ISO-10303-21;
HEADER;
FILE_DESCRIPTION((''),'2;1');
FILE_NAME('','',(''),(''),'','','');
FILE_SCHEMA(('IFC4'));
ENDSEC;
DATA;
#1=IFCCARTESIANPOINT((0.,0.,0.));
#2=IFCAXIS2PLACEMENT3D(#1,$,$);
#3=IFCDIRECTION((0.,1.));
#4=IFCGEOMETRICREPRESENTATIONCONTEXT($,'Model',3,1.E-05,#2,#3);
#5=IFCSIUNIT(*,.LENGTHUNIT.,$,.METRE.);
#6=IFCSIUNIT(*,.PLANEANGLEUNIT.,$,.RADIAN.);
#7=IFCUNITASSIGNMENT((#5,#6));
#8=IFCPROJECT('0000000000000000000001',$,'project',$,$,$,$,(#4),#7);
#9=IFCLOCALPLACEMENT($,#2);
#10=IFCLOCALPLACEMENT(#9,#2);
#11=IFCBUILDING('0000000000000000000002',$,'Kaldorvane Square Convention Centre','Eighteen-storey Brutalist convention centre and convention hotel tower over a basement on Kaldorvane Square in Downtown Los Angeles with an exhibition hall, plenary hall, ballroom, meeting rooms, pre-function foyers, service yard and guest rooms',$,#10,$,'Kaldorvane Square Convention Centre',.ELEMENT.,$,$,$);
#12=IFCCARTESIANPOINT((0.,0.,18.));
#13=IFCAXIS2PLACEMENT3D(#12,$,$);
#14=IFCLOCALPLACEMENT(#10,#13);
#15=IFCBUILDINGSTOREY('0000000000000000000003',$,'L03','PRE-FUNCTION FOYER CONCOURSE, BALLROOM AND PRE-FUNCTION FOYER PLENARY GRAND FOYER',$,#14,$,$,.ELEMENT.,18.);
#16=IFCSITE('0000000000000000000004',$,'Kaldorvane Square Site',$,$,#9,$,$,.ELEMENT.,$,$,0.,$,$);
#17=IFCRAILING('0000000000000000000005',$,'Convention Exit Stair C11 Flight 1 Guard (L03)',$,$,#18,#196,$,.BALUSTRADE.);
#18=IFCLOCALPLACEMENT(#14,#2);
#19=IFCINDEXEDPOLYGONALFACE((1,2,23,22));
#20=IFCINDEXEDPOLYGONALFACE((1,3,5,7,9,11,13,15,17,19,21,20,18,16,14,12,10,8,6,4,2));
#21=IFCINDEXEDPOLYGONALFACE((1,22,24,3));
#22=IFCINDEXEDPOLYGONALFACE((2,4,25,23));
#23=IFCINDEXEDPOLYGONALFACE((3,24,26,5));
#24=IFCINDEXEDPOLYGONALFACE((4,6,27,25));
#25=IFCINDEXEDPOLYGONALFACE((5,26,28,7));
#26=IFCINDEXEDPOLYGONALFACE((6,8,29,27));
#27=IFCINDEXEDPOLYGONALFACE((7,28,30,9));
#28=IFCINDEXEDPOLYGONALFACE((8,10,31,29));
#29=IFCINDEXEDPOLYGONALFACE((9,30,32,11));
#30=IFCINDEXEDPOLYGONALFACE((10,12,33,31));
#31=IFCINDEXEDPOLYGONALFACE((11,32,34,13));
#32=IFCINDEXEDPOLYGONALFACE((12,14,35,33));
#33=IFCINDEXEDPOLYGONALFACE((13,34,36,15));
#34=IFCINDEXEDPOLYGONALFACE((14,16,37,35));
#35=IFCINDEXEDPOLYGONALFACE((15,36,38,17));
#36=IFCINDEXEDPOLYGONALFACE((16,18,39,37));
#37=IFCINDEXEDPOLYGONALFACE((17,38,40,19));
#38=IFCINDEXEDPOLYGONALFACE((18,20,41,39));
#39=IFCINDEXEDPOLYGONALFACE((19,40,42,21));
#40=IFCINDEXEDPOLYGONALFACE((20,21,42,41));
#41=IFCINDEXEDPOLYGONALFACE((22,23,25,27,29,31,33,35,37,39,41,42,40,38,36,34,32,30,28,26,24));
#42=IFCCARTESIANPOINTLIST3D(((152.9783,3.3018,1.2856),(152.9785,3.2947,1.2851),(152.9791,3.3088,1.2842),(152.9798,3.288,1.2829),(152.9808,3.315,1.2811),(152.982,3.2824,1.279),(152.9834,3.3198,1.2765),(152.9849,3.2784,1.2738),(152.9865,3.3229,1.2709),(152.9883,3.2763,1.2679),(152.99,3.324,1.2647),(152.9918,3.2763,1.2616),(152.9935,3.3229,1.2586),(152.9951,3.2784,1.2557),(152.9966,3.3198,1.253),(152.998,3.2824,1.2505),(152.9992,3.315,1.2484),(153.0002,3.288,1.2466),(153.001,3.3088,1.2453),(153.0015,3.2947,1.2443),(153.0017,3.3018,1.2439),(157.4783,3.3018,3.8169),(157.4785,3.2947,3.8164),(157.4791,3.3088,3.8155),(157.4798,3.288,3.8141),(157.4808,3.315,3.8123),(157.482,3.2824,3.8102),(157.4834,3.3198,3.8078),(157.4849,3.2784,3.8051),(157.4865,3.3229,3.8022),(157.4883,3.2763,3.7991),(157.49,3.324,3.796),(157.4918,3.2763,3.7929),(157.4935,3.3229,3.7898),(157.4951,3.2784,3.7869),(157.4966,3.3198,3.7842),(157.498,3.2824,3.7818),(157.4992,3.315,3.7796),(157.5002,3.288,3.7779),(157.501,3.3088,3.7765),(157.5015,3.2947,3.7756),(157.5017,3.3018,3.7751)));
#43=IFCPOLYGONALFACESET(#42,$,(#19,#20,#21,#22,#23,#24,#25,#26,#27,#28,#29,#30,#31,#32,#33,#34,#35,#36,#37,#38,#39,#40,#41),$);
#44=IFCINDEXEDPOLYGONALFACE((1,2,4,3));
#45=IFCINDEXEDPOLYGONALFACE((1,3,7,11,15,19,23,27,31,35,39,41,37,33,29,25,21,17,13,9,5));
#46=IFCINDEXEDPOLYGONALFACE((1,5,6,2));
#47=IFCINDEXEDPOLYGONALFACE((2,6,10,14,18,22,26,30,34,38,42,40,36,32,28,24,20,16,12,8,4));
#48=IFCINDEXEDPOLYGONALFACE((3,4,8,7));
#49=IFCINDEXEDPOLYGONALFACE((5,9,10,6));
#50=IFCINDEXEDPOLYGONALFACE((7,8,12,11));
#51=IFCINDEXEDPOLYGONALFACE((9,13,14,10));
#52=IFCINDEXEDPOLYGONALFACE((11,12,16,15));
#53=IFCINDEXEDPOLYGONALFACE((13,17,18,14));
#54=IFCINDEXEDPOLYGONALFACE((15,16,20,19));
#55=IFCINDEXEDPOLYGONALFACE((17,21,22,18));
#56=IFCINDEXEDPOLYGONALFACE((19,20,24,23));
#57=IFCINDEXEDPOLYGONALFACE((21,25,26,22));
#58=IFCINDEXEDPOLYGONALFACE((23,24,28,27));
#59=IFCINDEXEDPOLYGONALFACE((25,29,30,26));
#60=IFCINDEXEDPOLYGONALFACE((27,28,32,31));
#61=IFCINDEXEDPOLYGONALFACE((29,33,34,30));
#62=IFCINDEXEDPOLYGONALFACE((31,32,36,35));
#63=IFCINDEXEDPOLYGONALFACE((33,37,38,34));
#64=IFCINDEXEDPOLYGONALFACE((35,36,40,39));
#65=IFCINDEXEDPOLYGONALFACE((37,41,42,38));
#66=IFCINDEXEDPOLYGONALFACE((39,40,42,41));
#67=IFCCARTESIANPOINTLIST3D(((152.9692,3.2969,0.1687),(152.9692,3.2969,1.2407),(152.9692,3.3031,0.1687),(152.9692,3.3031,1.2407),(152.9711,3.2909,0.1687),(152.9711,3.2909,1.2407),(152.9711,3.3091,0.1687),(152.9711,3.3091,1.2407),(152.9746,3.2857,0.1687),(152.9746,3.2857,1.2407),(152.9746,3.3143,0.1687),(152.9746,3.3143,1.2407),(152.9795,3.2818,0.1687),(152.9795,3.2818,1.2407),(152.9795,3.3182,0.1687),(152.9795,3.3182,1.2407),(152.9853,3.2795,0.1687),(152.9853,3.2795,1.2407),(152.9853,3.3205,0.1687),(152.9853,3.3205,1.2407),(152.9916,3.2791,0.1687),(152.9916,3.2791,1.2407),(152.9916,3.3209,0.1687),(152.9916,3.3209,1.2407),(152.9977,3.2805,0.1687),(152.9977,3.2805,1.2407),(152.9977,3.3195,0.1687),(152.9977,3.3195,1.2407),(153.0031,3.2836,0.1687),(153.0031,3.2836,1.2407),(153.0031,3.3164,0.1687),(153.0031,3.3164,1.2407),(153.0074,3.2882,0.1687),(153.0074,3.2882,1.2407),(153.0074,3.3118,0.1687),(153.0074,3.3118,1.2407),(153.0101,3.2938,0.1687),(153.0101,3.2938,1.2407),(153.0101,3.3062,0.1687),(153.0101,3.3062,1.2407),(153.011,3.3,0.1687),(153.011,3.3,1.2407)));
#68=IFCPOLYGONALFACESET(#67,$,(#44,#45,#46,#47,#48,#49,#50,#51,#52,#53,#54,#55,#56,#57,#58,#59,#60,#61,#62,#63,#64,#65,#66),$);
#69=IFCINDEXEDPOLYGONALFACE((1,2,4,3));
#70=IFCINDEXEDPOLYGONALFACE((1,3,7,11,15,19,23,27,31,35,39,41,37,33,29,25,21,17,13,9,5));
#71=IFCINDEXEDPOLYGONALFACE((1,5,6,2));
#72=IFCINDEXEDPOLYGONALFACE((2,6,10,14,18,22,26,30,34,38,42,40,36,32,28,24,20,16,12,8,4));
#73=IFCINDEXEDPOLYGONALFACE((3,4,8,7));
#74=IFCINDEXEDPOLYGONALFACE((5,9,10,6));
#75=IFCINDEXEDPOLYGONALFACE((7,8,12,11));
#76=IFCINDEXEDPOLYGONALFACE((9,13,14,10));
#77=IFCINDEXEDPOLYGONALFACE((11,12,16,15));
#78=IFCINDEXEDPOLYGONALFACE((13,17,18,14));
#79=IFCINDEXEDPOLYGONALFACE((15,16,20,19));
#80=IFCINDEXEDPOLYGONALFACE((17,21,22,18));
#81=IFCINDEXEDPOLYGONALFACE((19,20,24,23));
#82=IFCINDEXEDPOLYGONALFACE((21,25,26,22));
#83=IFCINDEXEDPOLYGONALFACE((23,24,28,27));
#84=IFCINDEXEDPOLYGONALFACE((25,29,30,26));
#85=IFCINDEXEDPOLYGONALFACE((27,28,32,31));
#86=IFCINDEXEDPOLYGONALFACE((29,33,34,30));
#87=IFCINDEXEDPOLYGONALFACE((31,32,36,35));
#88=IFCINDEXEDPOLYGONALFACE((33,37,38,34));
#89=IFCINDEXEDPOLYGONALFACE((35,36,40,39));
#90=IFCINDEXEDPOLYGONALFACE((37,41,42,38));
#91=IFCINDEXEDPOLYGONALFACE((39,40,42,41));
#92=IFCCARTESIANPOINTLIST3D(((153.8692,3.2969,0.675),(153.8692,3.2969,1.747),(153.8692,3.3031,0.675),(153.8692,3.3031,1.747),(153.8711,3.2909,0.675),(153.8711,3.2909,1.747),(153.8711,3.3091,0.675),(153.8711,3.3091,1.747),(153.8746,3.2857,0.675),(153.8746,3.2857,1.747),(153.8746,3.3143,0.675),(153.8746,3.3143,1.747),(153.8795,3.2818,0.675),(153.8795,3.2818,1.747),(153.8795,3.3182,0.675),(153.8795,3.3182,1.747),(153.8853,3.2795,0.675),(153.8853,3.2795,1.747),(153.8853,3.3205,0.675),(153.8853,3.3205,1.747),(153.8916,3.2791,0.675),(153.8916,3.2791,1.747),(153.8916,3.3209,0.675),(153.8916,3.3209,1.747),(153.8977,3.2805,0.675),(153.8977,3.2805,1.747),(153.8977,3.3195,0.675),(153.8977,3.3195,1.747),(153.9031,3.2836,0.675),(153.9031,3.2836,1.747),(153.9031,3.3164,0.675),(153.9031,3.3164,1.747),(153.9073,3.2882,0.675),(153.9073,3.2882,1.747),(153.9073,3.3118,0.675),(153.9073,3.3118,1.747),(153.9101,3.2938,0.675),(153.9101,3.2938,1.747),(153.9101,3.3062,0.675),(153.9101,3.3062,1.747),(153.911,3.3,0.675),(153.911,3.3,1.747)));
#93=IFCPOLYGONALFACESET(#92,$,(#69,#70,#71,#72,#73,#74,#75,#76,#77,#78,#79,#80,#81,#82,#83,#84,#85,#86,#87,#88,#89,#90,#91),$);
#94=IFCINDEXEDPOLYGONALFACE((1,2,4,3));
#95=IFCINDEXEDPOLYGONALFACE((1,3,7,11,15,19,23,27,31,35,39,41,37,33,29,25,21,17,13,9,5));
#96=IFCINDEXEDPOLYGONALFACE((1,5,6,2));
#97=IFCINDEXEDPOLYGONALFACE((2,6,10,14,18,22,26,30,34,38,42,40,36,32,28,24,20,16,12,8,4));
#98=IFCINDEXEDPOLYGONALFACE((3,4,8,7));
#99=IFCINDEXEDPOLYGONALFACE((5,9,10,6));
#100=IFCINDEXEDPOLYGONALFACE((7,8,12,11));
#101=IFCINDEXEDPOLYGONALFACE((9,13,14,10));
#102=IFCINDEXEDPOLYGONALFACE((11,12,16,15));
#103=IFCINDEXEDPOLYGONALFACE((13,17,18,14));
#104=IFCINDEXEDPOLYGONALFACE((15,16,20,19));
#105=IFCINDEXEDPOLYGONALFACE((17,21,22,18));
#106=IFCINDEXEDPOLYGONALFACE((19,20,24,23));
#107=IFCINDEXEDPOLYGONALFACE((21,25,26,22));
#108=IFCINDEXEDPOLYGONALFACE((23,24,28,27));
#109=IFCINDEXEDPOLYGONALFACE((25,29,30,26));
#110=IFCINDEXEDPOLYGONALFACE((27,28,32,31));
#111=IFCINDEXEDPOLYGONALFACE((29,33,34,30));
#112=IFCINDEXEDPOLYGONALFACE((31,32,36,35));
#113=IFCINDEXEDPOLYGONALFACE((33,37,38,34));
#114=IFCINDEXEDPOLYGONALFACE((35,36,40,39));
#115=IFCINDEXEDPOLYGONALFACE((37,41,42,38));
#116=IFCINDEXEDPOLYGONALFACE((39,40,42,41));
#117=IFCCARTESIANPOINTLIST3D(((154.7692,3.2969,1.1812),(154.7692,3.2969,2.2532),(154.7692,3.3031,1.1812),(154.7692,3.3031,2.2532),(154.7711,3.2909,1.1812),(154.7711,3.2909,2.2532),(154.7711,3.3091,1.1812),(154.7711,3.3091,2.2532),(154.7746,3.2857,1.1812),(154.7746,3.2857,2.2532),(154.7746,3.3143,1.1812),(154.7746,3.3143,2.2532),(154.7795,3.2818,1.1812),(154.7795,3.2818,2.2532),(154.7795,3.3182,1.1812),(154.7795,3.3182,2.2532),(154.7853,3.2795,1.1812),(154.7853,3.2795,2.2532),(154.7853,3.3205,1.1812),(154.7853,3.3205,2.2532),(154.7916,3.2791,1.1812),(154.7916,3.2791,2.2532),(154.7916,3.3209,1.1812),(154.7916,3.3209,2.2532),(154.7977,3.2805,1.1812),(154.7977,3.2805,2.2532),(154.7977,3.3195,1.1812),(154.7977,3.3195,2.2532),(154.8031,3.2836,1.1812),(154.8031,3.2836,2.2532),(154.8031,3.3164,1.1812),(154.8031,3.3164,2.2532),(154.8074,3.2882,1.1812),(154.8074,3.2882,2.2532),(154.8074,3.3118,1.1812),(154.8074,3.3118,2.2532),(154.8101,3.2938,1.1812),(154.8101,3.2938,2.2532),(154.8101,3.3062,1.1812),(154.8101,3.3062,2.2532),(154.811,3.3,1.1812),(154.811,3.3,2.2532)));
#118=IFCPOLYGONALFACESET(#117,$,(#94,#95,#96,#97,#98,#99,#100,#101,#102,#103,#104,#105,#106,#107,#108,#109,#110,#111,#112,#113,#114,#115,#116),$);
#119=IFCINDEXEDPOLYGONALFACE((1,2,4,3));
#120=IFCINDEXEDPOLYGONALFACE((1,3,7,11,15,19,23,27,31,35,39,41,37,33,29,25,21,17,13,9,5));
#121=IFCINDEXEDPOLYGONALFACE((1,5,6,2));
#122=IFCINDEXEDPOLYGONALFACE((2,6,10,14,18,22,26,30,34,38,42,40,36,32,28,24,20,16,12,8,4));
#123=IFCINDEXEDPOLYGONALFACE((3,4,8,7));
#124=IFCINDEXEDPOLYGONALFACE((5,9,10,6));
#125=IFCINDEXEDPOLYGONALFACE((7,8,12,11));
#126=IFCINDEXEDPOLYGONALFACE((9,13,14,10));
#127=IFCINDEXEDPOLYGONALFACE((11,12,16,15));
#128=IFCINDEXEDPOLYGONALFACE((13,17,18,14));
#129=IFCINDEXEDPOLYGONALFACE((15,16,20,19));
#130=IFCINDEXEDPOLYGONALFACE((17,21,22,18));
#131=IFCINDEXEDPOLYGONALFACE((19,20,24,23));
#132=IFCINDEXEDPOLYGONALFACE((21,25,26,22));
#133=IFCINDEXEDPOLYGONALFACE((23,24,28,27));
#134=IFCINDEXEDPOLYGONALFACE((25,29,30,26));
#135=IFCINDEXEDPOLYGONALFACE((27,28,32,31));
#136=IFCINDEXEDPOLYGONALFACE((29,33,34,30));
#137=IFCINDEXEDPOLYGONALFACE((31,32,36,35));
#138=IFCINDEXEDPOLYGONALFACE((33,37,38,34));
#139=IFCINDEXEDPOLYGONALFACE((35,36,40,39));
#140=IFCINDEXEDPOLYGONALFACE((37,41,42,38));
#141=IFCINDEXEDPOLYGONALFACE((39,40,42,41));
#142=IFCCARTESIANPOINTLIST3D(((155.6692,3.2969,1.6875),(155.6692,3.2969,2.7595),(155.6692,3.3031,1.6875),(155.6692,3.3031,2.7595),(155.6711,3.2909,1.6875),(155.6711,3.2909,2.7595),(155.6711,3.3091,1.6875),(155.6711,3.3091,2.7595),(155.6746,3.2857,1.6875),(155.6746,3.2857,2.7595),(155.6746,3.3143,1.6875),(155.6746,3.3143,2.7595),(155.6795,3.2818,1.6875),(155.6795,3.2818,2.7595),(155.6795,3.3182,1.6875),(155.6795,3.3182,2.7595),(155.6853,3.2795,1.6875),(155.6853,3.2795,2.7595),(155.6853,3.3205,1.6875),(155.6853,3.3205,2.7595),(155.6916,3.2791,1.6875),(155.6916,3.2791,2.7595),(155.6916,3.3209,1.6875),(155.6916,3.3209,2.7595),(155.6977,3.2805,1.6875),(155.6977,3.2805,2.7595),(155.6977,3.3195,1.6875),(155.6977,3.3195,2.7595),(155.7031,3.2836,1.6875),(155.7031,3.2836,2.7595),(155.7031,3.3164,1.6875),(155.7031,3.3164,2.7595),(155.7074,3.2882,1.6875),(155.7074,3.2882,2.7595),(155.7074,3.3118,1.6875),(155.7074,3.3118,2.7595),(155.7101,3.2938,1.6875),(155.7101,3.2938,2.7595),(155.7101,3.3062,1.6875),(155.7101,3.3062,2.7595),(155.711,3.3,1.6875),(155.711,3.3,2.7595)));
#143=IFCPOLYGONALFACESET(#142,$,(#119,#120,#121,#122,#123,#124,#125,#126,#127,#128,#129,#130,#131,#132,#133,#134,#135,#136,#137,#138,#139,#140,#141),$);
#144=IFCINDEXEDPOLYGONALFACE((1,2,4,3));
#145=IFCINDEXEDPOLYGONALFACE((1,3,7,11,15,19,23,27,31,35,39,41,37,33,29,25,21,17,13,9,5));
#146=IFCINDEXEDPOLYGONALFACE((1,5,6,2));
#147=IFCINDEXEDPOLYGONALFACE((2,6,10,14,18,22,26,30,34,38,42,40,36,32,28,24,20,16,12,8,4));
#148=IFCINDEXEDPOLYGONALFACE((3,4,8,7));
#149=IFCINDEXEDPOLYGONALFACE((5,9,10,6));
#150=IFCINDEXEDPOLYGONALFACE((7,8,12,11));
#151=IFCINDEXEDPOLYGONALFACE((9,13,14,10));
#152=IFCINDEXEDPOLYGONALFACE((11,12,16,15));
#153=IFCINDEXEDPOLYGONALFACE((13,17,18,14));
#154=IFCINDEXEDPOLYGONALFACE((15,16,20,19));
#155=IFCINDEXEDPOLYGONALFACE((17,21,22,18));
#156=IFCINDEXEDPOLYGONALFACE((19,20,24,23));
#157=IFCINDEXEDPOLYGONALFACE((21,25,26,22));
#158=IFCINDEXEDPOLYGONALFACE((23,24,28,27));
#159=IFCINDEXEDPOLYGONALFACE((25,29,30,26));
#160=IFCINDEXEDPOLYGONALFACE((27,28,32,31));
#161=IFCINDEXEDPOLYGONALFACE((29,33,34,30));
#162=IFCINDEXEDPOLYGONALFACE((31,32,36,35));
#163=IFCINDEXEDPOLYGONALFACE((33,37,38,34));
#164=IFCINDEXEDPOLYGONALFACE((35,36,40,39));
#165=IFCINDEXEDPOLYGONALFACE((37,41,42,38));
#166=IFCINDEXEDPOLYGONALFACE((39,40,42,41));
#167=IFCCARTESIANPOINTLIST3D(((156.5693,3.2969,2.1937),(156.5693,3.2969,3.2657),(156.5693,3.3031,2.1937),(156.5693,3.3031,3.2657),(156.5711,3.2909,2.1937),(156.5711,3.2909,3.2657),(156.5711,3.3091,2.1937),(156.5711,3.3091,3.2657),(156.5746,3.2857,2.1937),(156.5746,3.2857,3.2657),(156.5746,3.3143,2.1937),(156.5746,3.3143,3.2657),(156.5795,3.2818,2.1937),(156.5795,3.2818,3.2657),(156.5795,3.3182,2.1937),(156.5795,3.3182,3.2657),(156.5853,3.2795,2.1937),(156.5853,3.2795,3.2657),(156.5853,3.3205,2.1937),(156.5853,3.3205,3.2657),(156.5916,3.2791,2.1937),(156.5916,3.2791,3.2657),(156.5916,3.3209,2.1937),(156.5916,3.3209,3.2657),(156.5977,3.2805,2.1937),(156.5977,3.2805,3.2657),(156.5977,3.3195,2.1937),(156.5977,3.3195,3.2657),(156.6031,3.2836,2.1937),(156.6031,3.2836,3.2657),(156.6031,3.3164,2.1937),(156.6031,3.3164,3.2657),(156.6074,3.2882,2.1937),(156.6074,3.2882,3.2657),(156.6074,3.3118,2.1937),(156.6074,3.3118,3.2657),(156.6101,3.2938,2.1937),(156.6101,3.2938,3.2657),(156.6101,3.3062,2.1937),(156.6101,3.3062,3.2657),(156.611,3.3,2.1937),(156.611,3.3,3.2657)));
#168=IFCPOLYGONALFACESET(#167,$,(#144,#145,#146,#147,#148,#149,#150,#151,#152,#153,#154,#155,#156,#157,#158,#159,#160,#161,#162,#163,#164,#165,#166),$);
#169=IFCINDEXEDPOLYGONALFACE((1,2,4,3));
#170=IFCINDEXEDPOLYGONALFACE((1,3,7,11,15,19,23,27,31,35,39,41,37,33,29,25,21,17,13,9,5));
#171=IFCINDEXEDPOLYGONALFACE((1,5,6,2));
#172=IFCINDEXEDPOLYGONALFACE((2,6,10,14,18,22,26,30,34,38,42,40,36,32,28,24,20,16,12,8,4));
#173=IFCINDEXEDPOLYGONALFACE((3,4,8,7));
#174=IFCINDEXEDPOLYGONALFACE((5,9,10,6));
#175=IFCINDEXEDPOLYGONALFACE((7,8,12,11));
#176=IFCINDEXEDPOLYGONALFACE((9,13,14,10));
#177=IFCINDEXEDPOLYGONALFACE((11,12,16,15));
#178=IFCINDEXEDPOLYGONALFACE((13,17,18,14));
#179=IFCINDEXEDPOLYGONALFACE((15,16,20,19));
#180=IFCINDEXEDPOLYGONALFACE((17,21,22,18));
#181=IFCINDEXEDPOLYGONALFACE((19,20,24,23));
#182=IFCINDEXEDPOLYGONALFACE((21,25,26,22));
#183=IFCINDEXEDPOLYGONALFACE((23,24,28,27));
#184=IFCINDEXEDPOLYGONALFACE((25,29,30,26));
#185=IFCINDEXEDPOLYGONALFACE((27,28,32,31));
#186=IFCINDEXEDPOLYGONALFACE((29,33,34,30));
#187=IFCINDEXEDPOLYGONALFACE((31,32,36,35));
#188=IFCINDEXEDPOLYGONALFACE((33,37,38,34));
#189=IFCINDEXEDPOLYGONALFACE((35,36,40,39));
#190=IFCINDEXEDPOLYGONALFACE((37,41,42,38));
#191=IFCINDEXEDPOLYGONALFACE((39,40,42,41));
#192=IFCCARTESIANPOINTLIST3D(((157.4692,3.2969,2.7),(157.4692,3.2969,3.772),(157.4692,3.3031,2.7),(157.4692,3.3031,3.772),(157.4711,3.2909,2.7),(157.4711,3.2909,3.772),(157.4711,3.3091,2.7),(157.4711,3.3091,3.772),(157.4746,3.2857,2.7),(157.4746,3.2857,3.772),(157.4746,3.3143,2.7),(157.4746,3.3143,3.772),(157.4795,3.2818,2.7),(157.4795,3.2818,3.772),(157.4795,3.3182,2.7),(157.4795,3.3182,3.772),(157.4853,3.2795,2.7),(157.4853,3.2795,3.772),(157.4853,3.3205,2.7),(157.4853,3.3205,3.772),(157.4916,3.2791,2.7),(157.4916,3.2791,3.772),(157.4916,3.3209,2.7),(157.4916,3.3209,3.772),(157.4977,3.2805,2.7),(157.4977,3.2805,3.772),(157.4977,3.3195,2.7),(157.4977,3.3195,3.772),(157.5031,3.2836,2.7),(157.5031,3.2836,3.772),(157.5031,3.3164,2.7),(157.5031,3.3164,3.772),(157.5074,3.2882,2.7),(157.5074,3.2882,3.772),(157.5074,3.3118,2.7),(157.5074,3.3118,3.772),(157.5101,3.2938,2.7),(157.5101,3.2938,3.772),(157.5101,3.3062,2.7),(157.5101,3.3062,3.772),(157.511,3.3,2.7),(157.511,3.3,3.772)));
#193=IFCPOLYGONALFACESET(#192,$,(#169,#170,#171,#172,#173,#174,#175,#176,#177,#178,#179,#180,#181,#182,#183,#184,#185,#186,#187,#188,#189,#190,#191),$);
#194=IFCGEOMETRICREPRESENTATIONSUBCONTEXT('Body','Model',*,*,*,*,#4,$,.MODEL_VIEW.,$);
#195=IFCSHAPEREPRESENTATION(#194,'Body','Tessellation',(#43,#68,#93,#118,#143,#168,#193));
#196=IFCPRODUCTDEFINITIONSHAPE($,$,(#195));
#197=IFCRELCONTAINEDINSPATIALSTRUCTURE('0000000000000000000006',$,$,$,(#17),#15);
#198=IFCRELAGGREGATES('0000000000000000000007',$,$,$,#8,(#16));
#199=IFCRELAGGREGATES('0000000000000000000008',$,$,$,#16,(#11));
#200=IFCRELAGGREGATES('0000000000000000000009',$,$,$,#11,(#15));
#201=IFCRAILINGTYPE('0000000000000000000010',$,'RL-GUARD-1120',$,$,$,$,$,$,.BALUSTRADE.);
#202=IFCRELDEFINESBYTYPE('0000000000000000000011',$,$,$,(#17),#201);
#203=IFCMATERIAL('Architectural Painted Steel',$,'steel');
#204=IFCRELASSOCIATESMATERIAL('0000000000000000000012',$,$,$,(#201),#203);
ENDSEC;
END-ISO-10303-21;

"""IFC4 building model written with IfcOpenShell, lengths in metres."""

from ifc_helpers import new_model, si_unit, direction, frame, origin, origin_2d, place, context, subcontext, project, spatial, circle, extrude, material, type_object, element, save


model = new_model("IFC4")

# Units and contexts
model_context = context("Model", 3, precision=1e-05, world=origin(), true_north=direction((0.0, 1.0)))
body_context = subcontext(model_context, "Body", "Model", "MODEL_VIEW")
ifc_project = project(units=[si_unit("LENGTHUNIT", "METRE"), si_unit("PLANEANGLEUNIT", "RADIAN")], contexts=[model_context])

# Site, building, storey
site_placement = place(None, origin())
site = spatial("IfcSite", under=ifc_project, at=site_placement, Name="Kaldorvane Square Site", CompositionType="ELEMENT", RefElevation=0.0)
building_placement = place(site_placement, origin())
building = spatial("IfcBuilding", under=site, at=building_placement, Name="Kaldorvane Square Convention Centre", Description="Eighteen-storey Brutalist convention centre and convention hotel tower over a basement on Kaldorvane Square in Downtown Los Angeles with an exhibition hall, plenary hall, ballroom, meeting rooms, pre-function foyers, service yard and guest rooms", LongName="Kaldorvane Square Convention Centre", CompositionType="ELEMENT")
storey_placement = place(building_placement, frame((0.0, 0.0, 18.0)))
storey = spatial("IfcBuildingStorey", under=building, at=storey_placement, Name="L03", Description="PRE-FUNCTION FOYER CONCOURSE, BALLROOM AND PRE-FUNCTION FOYER PLENARY GRAND FOYER", CompositionType="ELEMENT", Elevation=18.0)

# Railing
ifc_material_1 = material(Name="Architectural Painted Steel", Category="steel")
railing_type_1 = type_object("IfcRailingType", Name="RL-GUARD-1120", PredefinedType="BALUSTRADE", material=ifc_material_1)
railing_1_placement = place(storey_placement, frame((152.99, 3.3, 0.1687)))
element("IfcRailing", 1, at=railing_1_placement, inside=storey, type_object=railing_type_1, Name="Convention Exit Stair C11 Flight 1 Guard (L03)", PredefinedType="BALUSTRADE", context=body_context, shape_type="SweptSolid", body=[
    extrude(circle(Radius=0.024, at=origin_2d()), frame((0.0, 0.0, 1.096), z_axis=(0.871576, 0.0, 0.490261), x_axis=(0.0, 1.0, 0.0)), (0.0, 0.0, 1.0), 5.1631),
    extrude(circle(Radius=0.021, at=origin_2d()), origin(), (0.0, 0.0, 1.0), 1.072),
    extrude(circle(Radius=0.021, at=origin_2d()), frame((0.9, 0.0, 0.5063)), (0.0, 0.0, 1.0), 1.072),
    extrude(circle(Radius=0.021, at=origin_2d()), frame((1.8, 0.0, 1.0125)), (0.0, 0.0, 1.0), 1.072),
    extrude(circle(Radius=0.021, at=origin_2d()), frame((2.7, 0.0, 1.5188)), (0.0, 0.0, 1.0), 1.072),
    extrude(circle(Radius=0.021, at=origin_2d()), frame((3.6, 0.0, 2.025)), (0.0, 0.0, 1.0), 1.072),
    extrude(circle(Radius=0.021, at=origin_2d()), frame((4.5, 0.0, 2.5312)), (0.0, 0.0, 1.0), 1.072),
])

save(model, "model.ifc")
